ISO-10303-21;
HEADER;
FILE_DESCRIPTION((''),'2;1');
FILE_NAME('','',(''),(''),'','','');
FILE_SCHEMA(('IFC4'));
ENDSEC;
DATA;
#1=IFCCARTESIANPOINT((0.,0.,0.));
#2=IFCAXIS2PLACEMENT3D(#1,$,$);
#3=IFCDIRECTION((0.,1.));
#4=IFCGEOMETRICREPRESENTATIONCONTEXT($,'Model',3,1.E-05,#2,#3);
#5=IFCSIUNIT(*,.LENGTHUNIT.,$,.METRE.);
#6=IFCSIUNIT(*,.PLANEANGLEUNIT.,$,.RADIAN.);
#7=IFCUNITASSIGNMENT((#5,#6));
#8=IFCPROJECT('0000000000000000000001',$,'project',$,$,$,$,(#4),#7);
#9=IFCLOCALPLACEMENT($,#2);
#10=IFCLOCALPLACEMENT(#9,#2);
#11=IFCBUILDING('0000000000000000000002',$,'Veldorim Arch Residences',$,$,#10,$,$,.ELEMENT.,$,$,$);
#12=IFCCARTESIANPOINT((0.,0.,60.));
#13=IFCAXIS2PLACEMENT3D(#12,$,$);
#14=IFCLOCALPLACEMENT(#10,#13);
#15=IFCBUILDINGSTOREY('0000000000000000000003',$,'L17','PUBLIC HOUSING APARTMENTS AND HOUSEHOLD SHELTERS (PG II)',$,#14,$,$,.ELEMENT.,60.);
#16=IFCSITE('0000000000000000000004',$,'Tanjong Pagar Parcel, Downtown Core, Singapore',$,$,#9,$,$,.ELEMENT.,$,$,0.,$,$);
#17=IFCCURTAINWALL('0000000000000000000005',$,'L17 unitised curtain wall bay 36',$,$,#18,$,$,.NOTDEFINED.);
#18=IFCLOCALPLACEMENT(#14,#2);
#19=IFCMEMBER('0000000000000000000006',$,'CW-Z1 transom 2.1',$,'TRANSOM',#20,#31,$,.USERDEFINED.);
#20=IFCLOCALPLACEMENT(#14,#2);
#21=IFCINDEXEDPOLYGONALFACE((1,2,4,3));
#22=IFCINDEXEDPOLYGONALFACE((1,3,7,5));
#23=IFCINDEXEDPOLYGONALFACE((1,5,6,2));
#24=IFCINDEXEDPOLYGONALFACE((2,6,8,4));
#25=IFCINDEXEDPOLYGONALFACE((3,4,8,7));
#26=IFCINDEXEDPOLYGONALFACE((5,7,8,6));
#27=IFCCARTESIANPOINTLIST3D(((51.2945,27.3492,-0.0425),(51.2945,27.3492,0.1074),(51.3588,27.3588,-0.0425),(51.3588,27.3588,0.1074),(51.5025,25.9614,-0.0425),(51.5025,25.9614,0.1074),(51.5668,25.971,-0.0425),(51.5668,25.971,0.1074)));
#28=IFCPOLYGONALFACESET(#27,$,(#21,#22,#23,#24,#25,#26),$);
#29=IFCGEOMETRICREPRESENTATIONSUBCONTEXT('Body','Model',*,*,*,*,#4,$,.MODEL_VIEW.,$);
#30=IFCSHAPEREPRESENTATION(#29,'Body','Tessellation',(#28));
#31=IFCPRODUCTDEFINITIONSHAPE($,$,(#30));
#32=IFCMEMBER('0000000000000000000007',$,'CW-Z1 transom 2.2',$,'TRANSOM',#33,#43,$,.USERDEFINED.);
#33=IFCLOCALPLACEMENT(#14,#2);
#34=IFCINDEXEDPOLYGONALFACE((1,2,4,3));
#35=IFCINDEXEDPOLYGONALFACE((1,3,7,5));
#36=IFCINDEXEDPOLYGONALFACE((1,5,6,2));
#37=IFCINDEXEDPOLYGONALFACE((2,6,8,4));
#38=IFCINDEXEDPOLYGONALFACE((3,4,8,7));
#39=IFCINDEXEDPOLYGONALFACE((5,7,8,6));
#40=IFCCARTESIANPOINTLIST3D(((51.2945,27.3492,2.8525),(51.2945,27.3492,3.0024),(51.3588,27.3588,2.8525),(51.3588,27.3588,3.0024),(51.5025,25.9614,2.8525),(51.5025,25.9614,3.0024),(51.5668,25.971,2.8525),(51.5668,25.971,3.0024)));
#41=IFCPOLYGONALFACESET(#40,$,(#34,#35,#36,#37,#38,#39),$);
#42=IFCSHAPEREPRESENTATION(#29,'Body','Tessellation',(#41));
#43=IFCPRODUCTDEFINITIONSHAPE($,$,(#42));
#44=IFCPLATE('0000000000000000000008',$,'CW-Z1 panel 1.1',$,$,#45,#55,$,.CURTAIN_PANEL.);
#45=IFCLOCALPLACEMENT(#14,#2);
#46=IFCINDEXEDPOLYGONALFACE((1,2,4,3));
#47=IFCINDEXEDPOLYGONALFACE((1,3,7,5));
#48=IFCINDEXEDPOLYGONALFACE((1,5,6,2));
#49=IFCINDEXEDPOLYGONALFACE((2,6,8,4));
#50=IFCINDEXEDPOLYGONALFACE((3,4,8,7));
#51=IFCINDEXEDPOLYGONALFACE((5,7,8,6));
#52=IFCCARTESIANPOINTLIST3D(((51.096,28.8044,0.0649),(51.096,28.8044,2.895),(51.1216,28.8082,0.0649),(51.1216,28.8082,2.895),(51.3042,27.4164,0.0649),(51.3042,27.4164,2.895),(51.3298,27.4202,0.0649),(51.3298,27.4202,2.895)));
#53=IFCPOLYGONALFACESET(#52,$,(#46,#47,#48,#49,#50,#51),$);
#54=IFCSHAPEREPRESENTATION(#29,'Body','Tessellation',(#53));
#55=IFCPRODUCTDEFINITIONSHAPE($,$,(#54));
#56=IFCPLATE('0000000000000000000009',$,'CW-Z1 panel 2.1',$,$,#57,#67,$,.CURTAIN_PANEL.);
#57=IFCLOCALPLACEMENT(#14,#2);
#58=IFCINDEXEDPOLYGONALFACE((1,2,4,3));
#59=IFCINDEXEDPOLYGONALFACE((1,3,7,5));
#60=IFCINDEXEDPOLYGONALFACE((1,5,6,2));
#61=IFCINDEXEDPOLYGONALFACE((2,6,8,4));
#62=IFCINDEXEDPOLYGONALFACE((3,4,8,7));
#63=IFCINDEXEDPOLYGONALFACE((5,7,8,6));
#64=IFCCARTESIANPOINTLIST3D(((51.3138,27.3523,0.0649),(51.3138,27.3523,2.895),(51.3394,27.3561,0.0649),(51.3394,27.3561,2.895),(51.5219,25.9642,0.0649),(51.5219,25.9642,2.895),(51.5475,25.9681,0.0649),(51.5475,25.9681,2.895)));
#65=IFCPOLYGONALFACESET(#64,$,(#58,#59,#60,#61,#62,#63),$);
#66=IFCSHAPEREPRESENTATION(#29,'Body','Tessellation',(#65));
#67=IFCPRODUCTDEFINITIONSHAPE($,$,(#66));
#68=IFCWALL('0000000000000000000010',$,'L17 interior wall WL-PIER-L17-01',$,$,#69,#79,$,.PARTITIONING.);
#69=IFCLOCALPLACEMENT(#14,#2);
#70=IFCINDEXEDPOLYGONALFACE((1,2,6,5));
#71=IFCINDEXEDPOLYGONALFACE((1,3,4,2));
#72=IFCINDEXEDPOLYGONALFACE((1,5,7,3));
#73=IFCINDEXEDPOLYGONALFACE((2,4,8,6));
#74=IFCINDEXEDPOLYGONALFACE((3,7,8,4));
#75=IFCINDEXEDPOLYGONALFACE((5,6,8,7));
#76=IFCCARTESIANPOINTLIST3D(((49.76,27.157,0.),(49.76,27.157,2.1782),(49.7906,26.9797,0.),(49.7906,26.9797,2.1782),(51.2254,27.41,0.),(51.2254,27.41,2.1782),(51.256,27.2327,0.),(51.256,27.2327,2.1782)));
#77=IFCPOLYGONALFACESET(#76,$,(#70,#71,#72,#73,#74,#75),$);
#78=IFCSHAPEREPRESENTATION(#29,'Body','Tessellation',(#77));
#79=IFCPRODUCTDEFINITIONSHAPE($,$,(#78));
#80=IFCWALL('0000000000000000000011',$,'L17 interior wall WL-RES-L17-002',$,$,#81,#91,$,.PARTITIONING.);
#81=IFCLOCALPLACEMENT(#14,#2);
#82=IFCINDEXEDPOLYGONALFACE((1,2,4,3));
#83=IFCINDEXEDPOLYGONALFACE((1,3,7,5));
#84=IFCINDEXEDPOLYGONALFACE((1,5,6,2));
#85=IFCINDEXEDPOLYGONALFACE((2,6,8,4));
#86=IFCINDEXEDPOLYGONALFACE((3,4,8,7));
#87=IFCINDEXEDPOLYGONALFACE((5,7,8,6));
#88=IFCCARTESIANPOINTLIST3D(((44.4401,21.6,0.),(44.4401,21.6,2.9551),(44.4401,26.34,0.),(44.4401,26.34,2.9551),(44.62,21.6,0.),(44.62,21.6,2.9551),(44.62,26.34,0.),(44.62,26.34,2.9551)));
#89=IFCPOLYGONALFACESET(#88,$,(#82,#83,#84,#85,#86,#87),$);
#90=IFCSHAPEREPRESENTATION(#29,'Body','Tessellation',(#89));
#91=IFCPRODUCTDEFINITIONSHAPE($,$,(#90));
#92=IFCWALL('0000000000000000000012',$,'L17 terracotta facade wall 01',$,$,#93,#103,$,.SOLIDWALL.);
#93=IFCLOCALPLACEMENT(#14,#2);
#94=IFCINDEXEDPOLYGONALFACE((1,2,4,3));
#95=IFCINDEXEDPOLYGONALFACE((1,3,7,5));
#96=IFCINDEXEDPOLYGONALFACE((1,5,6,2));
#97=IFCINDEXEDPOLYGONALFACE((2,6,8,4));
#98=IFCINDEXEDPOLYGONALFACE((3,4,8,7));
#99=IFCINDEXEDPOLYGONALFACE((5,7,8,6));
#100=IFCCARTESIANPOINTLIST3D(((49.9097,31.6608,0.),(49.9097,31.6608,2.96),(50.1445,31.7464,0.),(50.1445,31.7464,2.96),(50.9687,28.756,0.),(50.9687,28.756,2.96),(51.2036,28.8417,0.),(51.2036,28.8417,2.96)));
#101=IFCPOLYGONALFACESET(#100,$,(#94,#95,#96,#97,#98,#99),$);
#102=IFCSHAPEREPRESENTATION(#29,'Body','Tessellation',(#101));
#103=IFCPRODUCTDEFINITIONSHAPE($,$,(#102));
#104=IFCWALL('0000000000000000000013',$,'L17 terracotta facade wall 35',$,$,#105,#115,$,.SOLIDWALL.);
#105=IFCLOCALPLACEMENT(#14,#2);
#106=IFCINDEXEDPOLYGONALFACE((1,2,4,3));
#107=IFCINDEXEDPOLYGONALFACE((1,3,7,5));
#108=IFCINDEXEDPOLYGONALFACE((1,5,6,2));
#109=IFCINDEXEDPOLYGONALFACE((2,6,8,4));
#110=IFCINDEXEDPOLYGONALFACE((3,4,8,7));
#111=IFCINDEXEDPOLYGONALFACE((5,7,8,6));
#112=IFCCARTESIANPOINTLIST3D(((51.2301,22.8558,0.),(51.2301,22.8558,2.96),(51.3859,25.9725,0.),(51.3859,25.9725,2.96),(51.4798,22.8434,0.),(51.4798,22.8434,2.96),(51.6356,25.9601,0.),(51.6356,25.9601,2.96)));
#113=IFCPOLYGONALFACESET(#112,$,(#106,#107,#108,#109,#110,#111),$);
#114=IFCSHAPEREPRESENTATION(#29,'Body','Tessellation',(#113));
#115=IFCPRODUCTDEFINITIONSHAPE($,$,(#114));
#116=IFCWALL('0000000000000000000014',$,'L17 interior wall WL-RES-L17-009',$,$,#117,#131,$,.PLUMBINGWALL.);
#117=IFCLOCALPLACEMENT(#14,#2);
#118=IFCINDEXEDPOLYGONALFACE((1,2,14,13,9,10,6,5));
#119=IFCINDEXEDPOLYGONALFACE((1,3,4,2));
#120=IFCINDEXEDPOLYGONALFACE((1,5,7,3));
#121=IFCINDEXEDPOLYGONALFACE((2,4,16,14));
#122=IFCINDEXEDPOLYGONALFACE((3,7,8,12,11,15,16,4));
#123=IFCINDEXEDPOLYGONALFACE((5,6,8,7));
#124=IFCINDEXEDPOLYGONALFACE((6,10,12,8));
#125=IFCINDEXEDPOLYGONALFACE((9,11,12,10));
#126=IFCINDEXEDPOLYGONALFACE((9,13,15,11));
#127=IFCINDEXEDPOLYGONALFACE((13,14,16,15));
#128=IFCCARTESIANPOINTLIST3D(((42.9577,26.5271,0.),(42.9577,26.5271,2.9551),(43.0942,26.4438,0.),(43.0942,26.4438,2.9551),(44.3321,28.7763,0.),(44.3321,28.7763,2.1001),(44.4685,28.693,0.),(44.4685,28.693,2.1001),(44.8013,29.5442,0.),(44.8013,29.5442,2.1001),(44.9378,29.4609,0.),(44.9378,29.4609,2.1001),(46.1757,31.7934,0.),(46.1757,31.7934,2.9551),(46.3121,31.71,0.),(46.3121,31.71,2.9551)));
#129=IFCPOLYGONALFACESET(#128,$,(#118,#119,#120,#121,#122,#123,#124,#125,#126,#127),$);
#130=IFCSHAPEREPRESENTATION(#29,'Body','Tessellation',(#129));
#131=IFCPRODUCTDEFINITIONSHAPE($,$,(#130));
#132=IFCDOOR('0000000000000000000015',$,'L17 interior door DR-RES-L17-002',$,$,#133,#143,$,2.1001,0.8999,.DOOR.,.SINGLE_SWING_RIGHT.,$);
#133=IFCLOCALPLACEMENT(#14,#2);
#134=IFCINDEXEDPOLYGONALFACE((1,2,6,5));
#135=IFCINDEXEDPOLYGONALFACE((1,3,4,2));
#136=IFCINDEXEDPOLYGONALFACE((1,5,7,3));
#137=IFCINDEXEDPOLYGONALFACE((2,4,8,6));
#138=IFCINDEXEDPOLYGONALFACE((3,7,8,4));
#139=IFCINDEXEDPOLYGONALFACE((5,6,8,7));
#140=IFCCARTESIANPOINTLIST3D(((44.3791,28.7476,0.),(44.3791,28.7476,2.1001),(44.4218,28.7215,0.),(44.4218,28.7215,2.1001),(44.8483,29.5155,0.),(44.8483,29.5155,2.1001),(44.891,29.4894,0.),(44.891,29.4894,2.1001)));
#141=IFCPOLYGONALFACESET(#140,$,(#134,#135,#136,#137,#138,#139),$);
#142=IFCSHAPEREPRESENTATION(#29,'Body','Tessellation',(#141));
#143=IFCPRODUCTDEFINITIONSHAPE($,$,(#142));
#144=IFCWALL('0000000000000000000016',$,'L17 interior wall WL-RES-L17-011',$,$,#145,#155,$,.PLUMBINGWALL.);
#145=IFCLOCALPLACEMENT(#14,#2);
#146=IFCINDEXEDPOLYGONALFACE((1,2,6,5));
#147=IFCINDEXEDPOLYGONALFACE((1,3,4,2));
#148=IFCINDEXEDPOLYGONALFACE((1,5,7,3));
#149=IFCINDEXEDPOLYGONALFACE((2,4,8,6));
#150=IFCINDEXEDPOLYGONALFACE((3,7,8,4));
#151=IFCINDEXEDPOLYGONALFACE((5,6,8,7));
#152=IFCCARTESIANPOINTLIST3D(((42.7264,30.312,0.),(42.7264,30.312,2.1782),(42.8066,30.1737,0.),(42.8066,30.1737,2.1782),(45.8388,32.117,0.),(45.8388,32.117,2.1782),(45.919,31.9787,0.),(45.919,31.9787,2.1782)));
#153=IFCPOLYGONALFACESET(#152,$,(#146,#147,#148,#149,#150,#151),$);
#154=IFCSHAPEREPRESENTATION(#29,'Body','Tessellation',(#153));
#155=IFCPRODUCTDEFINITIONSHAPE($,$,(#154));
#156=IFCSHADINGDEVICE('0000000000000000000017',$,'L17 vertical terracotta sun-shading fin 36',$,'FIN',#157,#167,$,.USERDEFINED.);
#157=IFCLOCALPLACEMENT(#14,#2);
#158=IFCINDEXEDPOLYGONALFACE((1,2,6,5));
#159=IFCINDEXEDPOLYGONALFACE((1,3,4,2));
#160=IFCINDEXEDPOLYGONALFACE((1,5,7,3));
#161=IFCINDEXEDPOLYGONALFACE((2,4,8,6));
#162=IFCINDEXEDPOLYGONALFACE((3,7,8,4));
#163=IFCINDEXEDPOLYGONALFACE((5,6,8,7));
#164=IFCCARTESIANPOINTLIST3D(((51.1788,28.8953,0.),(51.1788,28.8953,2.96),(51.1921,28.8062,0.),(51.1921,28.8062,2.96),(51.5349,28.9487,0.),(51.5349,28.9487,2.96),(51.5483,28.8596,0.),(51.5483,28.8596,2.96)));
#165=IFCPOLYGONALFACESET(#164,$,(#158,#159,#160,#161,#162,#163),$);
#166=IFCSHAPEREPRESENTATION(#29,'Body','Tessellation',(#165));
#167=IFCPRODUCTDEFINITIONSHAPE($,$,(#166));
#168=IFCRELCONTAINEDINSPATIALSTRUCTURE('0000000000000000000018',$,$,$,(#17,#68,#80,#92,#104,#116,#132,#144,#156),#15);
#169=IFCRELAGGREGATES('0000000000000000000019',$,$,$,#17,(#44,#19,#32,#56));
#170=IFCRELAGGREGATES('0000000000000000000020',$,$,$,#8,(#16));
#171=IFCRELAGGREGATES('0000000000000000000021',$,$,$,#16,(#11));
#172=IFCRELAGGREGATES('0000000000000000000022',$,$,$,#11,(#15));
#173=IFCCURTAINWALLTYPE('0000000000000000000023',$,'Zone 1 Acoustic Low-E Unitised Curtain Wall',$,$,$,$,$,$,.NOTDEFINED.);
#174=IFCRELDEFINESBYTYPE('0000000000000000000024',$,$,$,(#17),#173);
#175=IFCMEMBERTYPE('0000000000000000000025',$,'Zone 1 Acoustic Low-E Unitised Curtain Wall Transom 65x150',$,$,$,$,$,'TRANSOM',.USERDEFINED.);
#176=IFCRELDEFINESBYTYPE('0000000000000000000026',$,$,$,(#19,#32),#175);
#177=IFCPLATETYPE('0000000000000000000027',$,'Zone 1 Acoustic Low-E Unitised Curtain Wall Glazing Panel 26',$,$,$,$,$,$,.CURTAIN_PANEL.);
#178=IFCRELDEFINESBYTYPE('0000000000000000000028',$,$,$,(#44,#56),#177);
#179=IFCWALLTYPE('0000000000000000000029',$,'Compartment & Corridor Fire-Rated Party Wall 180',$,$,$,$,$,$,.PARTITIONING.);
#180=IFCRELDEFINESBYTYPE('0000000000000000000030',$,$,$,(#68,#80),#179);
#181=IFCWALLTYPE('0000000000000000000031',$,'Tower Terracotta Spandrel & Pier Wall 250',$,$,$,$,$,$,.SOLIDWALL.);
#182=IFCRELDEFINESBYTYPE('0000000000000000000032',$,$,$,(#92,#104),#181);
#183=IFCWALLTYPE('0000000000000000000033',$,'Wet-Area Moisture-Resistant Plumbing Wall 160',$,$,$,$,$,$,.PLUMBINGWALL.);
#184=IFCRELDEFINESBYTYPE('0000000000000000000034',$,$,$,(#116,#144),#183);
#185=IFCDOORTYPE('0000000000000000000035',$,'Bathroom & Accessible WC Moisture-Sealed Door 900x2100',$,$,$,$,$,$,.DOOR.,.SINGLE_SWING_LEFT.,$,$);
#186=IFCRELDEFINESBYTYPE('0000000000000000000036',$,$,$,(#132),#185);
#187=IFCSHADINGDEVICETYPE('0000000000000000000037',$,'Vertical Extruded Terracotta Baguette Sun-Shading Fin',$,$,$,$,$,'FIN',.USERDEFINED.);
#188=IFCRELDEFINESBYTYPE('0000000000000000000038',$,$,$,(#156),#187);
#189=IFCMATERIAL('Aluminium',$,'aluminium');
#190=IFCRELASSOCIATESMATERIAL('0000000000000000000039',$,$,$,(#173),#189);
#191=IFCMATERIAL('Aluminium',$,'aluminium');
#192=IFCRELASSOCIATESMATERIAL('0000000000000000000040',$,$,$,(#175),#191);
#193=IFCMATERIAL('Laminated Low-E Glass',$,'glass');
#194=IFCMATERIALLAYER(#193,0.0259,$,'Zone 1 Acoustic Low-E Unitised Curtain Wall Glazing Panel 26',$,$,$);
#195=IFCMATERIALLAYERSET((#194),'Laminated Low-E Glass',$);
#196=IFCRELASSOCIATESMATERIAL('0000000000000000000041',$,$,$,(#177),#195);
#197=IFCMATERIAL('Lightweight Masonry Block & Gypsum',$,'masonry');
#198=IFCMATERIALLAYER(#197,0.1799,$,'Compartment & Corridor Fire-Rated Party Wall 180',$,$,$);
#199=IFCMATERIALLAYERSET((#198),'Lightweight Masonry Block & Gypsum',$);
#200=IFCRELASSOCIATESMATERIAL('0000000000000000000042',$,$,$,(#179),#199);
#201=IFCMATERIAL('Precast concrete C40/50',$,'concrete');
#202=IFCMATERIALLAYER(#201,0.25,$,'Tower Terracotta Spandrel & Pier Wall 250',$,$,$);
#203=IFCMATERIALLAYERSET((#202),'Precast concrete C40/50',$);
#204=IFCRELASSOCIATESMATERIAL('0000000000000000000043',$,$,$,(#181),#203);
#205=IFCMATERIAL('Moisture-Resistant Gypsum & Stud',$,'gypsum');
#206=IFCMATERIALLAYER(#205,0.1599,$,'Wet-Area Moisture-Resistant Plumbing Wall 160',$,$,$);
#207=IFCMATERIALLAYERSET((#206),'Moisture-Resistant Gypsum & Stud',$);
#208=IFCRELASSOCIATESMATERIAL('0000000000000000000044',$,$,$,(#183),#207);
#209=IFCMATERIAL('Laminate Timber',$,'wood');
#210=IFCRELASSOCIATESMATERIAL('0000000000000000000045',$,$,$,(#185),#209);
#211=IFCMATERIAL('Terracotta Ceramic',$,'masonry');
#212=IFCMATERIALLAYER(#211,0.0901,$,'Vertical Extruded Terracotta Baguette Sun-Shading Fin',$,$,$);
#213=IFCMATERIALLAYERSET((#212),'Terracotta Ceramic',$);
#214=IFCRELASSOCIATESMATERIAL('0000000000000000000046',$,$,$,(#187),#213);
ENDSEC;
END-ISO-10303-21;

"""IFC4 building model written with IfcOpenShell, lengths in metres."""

from ifc_helpers import new_model, si_unit, direction, frame, frame_2d, origin, origin_2d, place, context, subcontext, project, spatial, rectangle, extrude, material, layer, layer_set, material_profile, profile_set, type_object, element, fill, aggregate, save


model = new_model("IFC4")

# Units and contexts
model_context = context("Model", 3, precision=1e-05, world=origin(), true_north=direction((0.0, 1.0)))
body_context = subcontext(model_context, "Body", "Model", "MODEL_VIEW")
ifc_project = project(units=[si_unit("LENGTHUNIT", "METRE"), si_unit("PLANEANGLEUNIT", "RADIAN")], contexts=[model_context])

# Site, building, storey
site_placement = place(None, origin())
site = spatial("IfcSite", under=ifc_project, at=site_placement, Name="Tanjong Pagar Parcel, Downtown Core, Singapore", CompositionType="ELEMENT", RefElevation=0.0)
building_placement = place(site_placement, origin())
building = spatial("IfcBuilding", under=site, at=building_placement, Name="Veldorim Arch Residences", CompositionType="ELEMENT")
storey_placement = place(building_placement, frame((0.0, 0.0, 60.0)))
storey = spatial("IfcBuildingStorey", under=building, at=storey_placement, Name="L17", Description="PUBLIC HOUSING APARTMENTS AND HOUSEHOLD SHELTERS (PG II)", CompositionType="ELEMENT", Elevation=60.0)

# Curtain wall, members, plates
ifc_material_1 = material(Name="Aluminium", Category="aluminium")
curtain_wall_type = type_object("IfcCurtainWallType", Name="Zone 1 Acoustic Low-E Unitised Curtain Wall", PredefinedType="NOTDEFINED", material=ifc_material_1)
curtain_wall_placement = place(storey_placement, origin())
curtain_wall = element("IfcCurtainWall", 1, at=curtain_wall_placement, inside=storey, type_object=curtain_wall_type, Name="L17 unitised curtain wall bay 36", PredefinedType="NOTDEFINED")
ifc_material_2 = material(Name="Aluminium", Category="aluminium")
ifc_material_profile_1 = material_profile(ifc_material_2, rectangle(XDim=0.0649, YDim=0.1499, at=origin_2d()), Name="ALU_TRN_65x150")
ifc_profile_set_1 = profile_set([ifc_material_profile_1], Name="Aluminium")
member_type_1 = type_object("IfcMemberType", Name="Zone 1 Acoustic Low-E Unitised Curtain Wall Transom 65x150", ElementType="TRANSOM", PredefinedType="USERDEFINED", material=ifc_profile_set_1)
member_1_placement = place(storey_placement, frame((51.3267, 27.354, 0.0325), z_axis=(0.148213, -0.988955, 0.0), x_axis=(0.988955, 0.148213, 0.0)))
member_1 = element("IfcMember", 2, at=member_1_placement, type_object=member_type_1, Name="CW-Z1 transom 2.1", ObjectType="TRANSOM", PredefinedType="USERDEFINED", context=body_context, shape_type="SweptSolid", body=[
    extrude(rectangle(XDim=0.0649, YDim=0.1499, at=origin_2d()), origin(), (0.0, 0.0, 1.0), 1.4033),
])
member_2_placement = place(storey_placement, frame((51.3267, 27.354, 2.9275), z_axis=(0.148213, -0.988955, 0.0), x_axis=(0.988955, 0.148213, 0.0)))
member_2 = element("IfcMember", 3, at=member_2_placement, type_object=member_type_1, Name="CW-Z1 transom 2.2", ObjectType="TRANSOM", PredefinedType="USERDEFINED", context=body_context, shape_type="SweptSolid", body=[
    extrude(rectangle(XDim=0.0649, YDim=0.1499, at=origin_2d()), origin(), (0.0, 0.0, 1.0), 1.4033),
])
ifc_material_3 = material(Name="Laminated Low-E Glass", Category="glass")
ifc_layer_1 = layer(ifc_material_3, 0.0259, Name="Zone 1 Acoustic Low-E Unitised Curtain Wall Glazing Panel 26")
ifc_layer_set_1 = layer_set([ifc_layer_1], Name="Laminated Low-E Glass")
plate_type = type_object("IfcPlateType", Name="Zone 1 Acoustic Low-E Unitised Curtain Wall Glazing Panel 26", PredefinedType="CURTAIN_PANEL", material=ifc_layer_set_1)
plate_1_placement = place(storey_placement, frame((51.2129, 28.1123, 0.0649), z_axis=(0.0, 0.0, 1.0), x_axis=(0.148306, -0.988941, 0.0)))
plate_1 = element("IfcPlate", 4, at=plate_1_placement, type_object=plate_type, Name="CW-Z1 panel 1.1", PredefinedType="CURTAIN_PANEL", context=body_context, shape_type="SweptSolid", body=[
    extrude(rectangle(XDim=1.4036, YDim=0.0259, at=origin_2d()), origin(), (0.0, 0.0, 1.0), 2.8301),
])
plate_2_placement = place(storey_placement, frame((51.4307, 26.6602, 0.0649), z_axis=(0.0, 0.0, 1.0), x_axis=(0.148306, -0.988941, 0.0)))
plate_2 = element("IfcPlate", 5, at=plate_2_placement, type_object=plate_type, Name="CW-Z1 panel 2.1", PredefinedType="CURTAIN_PANEL", context=body_context, shape_type="SweptSolid", body=[
    extrude(rectangle(XDim=1.4036, YDim=0.0259, at=origin_2d()), origin(), (0.0, 0.0, 1.0), 2.8301),
])
aggregate(curtain_wall, [plate_1, member_1, member_2, plate_2])

# Walls
ifc_material_4 = material(Name="Lightweight Masonry Block & Gypsum", Category="masonry")
ifc_layer_2 = layer(ifc_material_4, 0.1799, Name="Compartment & Corridor Fire-Rated Party Wall 180")
ifc_layer_set_2 = layer_set([ifc_layer_2], Name="Lightweight Masonry Block & Gypsum")
wall_type_1 = type_object("IfcWallType", Name="Compartment & Corridor Fire-Rated Party Wall 180", PredefinedType="PARTITIONING", material=ifc_layer_set_2)
wall_1_placement = place(storey_placement, frame((49.7751, 27.0684, 0.0), z_axis=(0.0, 0.0, 1.0), x_axis=(0.985428, 0.170094, 0.0)))
element("IfcWall", 6, at=wall_1_placement, inside=storey, type_object=wall_type_1, Name="L17 interior wall WL-PIER-L17-01", PredefinedType="PARTITIONING", context=body_context, shape_type="SweptSolid", body=[
    extrude(rectangle(XDim=1.4871, YDim=0.1799, at=frame_2d((0.7437, 0.0))), origin(), (0.0, 0.0, 1.0), 2.1782),
])
wall_2_placement = place(storey_placement, frame((44.53, 26.3401, 0.0), z_axis=(0.0, 0.0, 1.0), x_axis=(0.0, -1.0, 0.0)))
element("IfcWall", 7, at=wall_2_placement, inside=storey, type_object=wall_type_1, Name="L17 interior wall WL-RES-L17-002", PredefinedType="PARTITIONING", context=body_context, shape_type="SweptSolid", body=[
    extrude(rectangle(XDim=4.74, YDim=0.1799, at=frame_2d((2.3701, 0.0))), origin(), (0.0, 0.0, 1.0), 2.9551),
])
ifc_material_5 = material(Name="Precast concrete C40/50", Category="concrete")
ifc_layer_3 = layer(ifc_material_5, 0.25, Name="Tower Terracotta Spandrel & Pier Wall 250")
ifc_layer_set_3 = layer_set([ifc_layer_3], Name="Precast concrete C40/50")
wall_type_2 = type_object("IfcWallType", Name="Tower Terracotta Spandrel & Pier Wall 250", PredefinedType="SOLIDWALL", material=ifc_layer_set_3)
wall_3_placement = place(storey_placement, frame((50.0271, 31.7036, 0.0), z_axis=(0.0, 0.0, 1.0), x_axis=(0.342542, -0.939503, 0.0)))
element("IfcWall", 8, at=wall_3_placement, inside=storey, type_object=wall_type_2, Name="L17 terracotta facade wall 01", PredefinedType="SOLIDWALL", context=body_context, shape_type="SweptSolid", body=[
    extrude(rectangle(XDim=3.0918, YDim=0.25, at=frame_2d((1.5459, 0.0))), origin(), (0.0, 0.0, 1.0), 2.96),
])
wall_4_placement = place(storey_placement, frame((51.5107, 25.9663, 0.0), z_axis=(0.0, 0.0, 1.0), x_axis=(-0.049914, -0.998754, 0.0)))
element("IfcWall", 9, at=wall_4_placement, inside=storey, type_object=wall_type_2, Name="L17 terracotta facade wall 35", PredefinedType="SOLIDWALL", context=body_context, shape_type="SweptSolid", body=[
    extrude(rectangle(XDim=3.1206, YDim=0.25, at=frame_2d((1.5603, 0.0))), origin(), (0.0, 0.0, 1.0), 2.96),
])

# Wall, opening, door
ifc_material_6 = material(Name="Moisture-Resistant Gypsum & Stud", Category="gypsum")
ifc_layer_4 = layer(ifc_material_6, 0.1599, Name="Wet-Area Moisture-Resistant Plumbing Wall 160")
ifc_layer_set_4 = layer_set([ifc_layer_4], Name="Moisture-Resistant Gypsum & Stud")
wall_type_3 = type_object("IfcWallType", Name="Wet-Area Moisture-Resistant Plumbing Wall 160", PredefinedType="PLUMBINGWALL", material=ifc_layer_set_4)
wall_5_placement = place(storey_placement, frame((43.0259, 26.4854, 0.0), z_axis=(0.0, 0.0, 1.0), x_axis=(0.521413, 0.853304, 0.0)))
wall_5 = element("IfcWall", 10, at=wall_5_placement, inside=storey, type_object=wall_type_3, Name="L17 interior wall WL-RES-L17-009", PredefinedType="PLUMBINGWALL", context=body_context, shape_type="SweptSolid", body=[
    extrude(rectangle(XDim=6.1716, YDim=0.1599, at=frame_2d((3.0859, 0.0))), origin(), (0.0, 0.0, 1.0), 2.9551),
])
opening_placement = place(wall_5_placement, frame((2.636, 0.0, 0.0)))
opening = element("IfcOpeningElement", 11, at=opening_placement, cuts=wall_5, PredefinedType="OPENING", context=body_context, shape_type="SweptSolid", body=[
    extrude(rectangle(XDim=0.8999, YDim=2.1001, at=frame_2d((0.45, 1.05))), frame((0.0, 0.0898, 0.0), z_axis=(0.0, -1.0, 0.0), x_axis=(1.0, 0.0, 0.0)), (0.0, 0.0, 1.0), 0.1799),
])
ifc_material_7 = material(Name="Laminate Timber", Category="wood")
door_type = type_object("IfcDoorType", Name="Bathroom & Accessible WC Moisture-Sealed Door 900x2100", OperationType="SINGLE_SWING_LEFT", PredefinedType="DOOR", material=ifc_material_7)
door_placement = place(opening_placement, origin())
door = element("IfcDoor", 12, at=door_placement, inside=storey, type_object=door_type, Name="L17 interior door DR-RES-L17-002", OperationType="SINGLE_SWING_RIGHT", OverallHeight=2.1001, OverallWidth=0.8999, PredefinedType="DOOR", context=body_context, shape_type="SweptSolid", body=[
    extrude(rectangle(XDim=0.8999, YDim=2.1001, at=frame_2d((0.45, 1.05))), frame((0.0, 0.0249, 0.0), z_axis=(0.0, -1.0, 0.0), x_axis=(1.0, 0.0, 0.0)), (0.0, 0.0, 1.0), 0.05),
])
fill(opening, door)

# Wall
wall_6_placement = place(storey_placement, frame((42.7666, 30.2429, 0.0), z_axis=(0.0, 0.0, 1.0), x_axis=(0.865056, 0.501675, 0.0)))
element("IfcWall", 13, at=wall_6_placement, inside=storey, type_object=wall_type_3, Name="L17 interior wall WL-RES-L17-011", PredefinedType="PLUMBINGWALL", context=body_context, shape_type="SweptSolid", body=[
    extrude(rectangle(XDim=3.5979, YDim=0.1599, at=frame_2d((1.7988, 0.0))), origin(), (0.0, 0.0, 1.0), 2.1782),
])

# Shading device
ifc_material_8 = material(Name="Terracotta Ceramic", Category="masonry")
ifc_layer_5 = layer(ifc_material_8, 0.0901, Name="Vertical Extruded Terracotta Baguette Sun-Shading Fin")
ifc_layer_set_5 = layer_set([ifc_layer_5], Name="Terracotta Ceramic")
shading_device_type = type_object("IfcShadingDeviceType", Name="Vertical Extruded Terracotta Baguette Sun-Shading Fin", ElementType="FIN", PredefinedType="USERDEFINED", material=ifc_layer_set_5)
shading_device_placement = place(storey_placement, frame((51.3635, 28.8774, 0.0), z_axis=(0.0, 0.0, 1.0), x_axis=(0.148327, -0.988938, 0.0)))
element("IfcShadingDevice", 14, at=shading_device_placement, inside=storey, type_object=shading_device_type, Name="L17 vertical terracotta sun-shading fin 36", ObjectType="FIN", PredefinedType="USERDEFINED", context=body_context, shape_type="SweptSolid", body=[
    extrude(rectangle(XDim=0.0901, YDim=0.3601, at=origin_2d()), origin(), (0.0, 0.0, 1.0), 2.96),
])

save(model, "model.ifc")
